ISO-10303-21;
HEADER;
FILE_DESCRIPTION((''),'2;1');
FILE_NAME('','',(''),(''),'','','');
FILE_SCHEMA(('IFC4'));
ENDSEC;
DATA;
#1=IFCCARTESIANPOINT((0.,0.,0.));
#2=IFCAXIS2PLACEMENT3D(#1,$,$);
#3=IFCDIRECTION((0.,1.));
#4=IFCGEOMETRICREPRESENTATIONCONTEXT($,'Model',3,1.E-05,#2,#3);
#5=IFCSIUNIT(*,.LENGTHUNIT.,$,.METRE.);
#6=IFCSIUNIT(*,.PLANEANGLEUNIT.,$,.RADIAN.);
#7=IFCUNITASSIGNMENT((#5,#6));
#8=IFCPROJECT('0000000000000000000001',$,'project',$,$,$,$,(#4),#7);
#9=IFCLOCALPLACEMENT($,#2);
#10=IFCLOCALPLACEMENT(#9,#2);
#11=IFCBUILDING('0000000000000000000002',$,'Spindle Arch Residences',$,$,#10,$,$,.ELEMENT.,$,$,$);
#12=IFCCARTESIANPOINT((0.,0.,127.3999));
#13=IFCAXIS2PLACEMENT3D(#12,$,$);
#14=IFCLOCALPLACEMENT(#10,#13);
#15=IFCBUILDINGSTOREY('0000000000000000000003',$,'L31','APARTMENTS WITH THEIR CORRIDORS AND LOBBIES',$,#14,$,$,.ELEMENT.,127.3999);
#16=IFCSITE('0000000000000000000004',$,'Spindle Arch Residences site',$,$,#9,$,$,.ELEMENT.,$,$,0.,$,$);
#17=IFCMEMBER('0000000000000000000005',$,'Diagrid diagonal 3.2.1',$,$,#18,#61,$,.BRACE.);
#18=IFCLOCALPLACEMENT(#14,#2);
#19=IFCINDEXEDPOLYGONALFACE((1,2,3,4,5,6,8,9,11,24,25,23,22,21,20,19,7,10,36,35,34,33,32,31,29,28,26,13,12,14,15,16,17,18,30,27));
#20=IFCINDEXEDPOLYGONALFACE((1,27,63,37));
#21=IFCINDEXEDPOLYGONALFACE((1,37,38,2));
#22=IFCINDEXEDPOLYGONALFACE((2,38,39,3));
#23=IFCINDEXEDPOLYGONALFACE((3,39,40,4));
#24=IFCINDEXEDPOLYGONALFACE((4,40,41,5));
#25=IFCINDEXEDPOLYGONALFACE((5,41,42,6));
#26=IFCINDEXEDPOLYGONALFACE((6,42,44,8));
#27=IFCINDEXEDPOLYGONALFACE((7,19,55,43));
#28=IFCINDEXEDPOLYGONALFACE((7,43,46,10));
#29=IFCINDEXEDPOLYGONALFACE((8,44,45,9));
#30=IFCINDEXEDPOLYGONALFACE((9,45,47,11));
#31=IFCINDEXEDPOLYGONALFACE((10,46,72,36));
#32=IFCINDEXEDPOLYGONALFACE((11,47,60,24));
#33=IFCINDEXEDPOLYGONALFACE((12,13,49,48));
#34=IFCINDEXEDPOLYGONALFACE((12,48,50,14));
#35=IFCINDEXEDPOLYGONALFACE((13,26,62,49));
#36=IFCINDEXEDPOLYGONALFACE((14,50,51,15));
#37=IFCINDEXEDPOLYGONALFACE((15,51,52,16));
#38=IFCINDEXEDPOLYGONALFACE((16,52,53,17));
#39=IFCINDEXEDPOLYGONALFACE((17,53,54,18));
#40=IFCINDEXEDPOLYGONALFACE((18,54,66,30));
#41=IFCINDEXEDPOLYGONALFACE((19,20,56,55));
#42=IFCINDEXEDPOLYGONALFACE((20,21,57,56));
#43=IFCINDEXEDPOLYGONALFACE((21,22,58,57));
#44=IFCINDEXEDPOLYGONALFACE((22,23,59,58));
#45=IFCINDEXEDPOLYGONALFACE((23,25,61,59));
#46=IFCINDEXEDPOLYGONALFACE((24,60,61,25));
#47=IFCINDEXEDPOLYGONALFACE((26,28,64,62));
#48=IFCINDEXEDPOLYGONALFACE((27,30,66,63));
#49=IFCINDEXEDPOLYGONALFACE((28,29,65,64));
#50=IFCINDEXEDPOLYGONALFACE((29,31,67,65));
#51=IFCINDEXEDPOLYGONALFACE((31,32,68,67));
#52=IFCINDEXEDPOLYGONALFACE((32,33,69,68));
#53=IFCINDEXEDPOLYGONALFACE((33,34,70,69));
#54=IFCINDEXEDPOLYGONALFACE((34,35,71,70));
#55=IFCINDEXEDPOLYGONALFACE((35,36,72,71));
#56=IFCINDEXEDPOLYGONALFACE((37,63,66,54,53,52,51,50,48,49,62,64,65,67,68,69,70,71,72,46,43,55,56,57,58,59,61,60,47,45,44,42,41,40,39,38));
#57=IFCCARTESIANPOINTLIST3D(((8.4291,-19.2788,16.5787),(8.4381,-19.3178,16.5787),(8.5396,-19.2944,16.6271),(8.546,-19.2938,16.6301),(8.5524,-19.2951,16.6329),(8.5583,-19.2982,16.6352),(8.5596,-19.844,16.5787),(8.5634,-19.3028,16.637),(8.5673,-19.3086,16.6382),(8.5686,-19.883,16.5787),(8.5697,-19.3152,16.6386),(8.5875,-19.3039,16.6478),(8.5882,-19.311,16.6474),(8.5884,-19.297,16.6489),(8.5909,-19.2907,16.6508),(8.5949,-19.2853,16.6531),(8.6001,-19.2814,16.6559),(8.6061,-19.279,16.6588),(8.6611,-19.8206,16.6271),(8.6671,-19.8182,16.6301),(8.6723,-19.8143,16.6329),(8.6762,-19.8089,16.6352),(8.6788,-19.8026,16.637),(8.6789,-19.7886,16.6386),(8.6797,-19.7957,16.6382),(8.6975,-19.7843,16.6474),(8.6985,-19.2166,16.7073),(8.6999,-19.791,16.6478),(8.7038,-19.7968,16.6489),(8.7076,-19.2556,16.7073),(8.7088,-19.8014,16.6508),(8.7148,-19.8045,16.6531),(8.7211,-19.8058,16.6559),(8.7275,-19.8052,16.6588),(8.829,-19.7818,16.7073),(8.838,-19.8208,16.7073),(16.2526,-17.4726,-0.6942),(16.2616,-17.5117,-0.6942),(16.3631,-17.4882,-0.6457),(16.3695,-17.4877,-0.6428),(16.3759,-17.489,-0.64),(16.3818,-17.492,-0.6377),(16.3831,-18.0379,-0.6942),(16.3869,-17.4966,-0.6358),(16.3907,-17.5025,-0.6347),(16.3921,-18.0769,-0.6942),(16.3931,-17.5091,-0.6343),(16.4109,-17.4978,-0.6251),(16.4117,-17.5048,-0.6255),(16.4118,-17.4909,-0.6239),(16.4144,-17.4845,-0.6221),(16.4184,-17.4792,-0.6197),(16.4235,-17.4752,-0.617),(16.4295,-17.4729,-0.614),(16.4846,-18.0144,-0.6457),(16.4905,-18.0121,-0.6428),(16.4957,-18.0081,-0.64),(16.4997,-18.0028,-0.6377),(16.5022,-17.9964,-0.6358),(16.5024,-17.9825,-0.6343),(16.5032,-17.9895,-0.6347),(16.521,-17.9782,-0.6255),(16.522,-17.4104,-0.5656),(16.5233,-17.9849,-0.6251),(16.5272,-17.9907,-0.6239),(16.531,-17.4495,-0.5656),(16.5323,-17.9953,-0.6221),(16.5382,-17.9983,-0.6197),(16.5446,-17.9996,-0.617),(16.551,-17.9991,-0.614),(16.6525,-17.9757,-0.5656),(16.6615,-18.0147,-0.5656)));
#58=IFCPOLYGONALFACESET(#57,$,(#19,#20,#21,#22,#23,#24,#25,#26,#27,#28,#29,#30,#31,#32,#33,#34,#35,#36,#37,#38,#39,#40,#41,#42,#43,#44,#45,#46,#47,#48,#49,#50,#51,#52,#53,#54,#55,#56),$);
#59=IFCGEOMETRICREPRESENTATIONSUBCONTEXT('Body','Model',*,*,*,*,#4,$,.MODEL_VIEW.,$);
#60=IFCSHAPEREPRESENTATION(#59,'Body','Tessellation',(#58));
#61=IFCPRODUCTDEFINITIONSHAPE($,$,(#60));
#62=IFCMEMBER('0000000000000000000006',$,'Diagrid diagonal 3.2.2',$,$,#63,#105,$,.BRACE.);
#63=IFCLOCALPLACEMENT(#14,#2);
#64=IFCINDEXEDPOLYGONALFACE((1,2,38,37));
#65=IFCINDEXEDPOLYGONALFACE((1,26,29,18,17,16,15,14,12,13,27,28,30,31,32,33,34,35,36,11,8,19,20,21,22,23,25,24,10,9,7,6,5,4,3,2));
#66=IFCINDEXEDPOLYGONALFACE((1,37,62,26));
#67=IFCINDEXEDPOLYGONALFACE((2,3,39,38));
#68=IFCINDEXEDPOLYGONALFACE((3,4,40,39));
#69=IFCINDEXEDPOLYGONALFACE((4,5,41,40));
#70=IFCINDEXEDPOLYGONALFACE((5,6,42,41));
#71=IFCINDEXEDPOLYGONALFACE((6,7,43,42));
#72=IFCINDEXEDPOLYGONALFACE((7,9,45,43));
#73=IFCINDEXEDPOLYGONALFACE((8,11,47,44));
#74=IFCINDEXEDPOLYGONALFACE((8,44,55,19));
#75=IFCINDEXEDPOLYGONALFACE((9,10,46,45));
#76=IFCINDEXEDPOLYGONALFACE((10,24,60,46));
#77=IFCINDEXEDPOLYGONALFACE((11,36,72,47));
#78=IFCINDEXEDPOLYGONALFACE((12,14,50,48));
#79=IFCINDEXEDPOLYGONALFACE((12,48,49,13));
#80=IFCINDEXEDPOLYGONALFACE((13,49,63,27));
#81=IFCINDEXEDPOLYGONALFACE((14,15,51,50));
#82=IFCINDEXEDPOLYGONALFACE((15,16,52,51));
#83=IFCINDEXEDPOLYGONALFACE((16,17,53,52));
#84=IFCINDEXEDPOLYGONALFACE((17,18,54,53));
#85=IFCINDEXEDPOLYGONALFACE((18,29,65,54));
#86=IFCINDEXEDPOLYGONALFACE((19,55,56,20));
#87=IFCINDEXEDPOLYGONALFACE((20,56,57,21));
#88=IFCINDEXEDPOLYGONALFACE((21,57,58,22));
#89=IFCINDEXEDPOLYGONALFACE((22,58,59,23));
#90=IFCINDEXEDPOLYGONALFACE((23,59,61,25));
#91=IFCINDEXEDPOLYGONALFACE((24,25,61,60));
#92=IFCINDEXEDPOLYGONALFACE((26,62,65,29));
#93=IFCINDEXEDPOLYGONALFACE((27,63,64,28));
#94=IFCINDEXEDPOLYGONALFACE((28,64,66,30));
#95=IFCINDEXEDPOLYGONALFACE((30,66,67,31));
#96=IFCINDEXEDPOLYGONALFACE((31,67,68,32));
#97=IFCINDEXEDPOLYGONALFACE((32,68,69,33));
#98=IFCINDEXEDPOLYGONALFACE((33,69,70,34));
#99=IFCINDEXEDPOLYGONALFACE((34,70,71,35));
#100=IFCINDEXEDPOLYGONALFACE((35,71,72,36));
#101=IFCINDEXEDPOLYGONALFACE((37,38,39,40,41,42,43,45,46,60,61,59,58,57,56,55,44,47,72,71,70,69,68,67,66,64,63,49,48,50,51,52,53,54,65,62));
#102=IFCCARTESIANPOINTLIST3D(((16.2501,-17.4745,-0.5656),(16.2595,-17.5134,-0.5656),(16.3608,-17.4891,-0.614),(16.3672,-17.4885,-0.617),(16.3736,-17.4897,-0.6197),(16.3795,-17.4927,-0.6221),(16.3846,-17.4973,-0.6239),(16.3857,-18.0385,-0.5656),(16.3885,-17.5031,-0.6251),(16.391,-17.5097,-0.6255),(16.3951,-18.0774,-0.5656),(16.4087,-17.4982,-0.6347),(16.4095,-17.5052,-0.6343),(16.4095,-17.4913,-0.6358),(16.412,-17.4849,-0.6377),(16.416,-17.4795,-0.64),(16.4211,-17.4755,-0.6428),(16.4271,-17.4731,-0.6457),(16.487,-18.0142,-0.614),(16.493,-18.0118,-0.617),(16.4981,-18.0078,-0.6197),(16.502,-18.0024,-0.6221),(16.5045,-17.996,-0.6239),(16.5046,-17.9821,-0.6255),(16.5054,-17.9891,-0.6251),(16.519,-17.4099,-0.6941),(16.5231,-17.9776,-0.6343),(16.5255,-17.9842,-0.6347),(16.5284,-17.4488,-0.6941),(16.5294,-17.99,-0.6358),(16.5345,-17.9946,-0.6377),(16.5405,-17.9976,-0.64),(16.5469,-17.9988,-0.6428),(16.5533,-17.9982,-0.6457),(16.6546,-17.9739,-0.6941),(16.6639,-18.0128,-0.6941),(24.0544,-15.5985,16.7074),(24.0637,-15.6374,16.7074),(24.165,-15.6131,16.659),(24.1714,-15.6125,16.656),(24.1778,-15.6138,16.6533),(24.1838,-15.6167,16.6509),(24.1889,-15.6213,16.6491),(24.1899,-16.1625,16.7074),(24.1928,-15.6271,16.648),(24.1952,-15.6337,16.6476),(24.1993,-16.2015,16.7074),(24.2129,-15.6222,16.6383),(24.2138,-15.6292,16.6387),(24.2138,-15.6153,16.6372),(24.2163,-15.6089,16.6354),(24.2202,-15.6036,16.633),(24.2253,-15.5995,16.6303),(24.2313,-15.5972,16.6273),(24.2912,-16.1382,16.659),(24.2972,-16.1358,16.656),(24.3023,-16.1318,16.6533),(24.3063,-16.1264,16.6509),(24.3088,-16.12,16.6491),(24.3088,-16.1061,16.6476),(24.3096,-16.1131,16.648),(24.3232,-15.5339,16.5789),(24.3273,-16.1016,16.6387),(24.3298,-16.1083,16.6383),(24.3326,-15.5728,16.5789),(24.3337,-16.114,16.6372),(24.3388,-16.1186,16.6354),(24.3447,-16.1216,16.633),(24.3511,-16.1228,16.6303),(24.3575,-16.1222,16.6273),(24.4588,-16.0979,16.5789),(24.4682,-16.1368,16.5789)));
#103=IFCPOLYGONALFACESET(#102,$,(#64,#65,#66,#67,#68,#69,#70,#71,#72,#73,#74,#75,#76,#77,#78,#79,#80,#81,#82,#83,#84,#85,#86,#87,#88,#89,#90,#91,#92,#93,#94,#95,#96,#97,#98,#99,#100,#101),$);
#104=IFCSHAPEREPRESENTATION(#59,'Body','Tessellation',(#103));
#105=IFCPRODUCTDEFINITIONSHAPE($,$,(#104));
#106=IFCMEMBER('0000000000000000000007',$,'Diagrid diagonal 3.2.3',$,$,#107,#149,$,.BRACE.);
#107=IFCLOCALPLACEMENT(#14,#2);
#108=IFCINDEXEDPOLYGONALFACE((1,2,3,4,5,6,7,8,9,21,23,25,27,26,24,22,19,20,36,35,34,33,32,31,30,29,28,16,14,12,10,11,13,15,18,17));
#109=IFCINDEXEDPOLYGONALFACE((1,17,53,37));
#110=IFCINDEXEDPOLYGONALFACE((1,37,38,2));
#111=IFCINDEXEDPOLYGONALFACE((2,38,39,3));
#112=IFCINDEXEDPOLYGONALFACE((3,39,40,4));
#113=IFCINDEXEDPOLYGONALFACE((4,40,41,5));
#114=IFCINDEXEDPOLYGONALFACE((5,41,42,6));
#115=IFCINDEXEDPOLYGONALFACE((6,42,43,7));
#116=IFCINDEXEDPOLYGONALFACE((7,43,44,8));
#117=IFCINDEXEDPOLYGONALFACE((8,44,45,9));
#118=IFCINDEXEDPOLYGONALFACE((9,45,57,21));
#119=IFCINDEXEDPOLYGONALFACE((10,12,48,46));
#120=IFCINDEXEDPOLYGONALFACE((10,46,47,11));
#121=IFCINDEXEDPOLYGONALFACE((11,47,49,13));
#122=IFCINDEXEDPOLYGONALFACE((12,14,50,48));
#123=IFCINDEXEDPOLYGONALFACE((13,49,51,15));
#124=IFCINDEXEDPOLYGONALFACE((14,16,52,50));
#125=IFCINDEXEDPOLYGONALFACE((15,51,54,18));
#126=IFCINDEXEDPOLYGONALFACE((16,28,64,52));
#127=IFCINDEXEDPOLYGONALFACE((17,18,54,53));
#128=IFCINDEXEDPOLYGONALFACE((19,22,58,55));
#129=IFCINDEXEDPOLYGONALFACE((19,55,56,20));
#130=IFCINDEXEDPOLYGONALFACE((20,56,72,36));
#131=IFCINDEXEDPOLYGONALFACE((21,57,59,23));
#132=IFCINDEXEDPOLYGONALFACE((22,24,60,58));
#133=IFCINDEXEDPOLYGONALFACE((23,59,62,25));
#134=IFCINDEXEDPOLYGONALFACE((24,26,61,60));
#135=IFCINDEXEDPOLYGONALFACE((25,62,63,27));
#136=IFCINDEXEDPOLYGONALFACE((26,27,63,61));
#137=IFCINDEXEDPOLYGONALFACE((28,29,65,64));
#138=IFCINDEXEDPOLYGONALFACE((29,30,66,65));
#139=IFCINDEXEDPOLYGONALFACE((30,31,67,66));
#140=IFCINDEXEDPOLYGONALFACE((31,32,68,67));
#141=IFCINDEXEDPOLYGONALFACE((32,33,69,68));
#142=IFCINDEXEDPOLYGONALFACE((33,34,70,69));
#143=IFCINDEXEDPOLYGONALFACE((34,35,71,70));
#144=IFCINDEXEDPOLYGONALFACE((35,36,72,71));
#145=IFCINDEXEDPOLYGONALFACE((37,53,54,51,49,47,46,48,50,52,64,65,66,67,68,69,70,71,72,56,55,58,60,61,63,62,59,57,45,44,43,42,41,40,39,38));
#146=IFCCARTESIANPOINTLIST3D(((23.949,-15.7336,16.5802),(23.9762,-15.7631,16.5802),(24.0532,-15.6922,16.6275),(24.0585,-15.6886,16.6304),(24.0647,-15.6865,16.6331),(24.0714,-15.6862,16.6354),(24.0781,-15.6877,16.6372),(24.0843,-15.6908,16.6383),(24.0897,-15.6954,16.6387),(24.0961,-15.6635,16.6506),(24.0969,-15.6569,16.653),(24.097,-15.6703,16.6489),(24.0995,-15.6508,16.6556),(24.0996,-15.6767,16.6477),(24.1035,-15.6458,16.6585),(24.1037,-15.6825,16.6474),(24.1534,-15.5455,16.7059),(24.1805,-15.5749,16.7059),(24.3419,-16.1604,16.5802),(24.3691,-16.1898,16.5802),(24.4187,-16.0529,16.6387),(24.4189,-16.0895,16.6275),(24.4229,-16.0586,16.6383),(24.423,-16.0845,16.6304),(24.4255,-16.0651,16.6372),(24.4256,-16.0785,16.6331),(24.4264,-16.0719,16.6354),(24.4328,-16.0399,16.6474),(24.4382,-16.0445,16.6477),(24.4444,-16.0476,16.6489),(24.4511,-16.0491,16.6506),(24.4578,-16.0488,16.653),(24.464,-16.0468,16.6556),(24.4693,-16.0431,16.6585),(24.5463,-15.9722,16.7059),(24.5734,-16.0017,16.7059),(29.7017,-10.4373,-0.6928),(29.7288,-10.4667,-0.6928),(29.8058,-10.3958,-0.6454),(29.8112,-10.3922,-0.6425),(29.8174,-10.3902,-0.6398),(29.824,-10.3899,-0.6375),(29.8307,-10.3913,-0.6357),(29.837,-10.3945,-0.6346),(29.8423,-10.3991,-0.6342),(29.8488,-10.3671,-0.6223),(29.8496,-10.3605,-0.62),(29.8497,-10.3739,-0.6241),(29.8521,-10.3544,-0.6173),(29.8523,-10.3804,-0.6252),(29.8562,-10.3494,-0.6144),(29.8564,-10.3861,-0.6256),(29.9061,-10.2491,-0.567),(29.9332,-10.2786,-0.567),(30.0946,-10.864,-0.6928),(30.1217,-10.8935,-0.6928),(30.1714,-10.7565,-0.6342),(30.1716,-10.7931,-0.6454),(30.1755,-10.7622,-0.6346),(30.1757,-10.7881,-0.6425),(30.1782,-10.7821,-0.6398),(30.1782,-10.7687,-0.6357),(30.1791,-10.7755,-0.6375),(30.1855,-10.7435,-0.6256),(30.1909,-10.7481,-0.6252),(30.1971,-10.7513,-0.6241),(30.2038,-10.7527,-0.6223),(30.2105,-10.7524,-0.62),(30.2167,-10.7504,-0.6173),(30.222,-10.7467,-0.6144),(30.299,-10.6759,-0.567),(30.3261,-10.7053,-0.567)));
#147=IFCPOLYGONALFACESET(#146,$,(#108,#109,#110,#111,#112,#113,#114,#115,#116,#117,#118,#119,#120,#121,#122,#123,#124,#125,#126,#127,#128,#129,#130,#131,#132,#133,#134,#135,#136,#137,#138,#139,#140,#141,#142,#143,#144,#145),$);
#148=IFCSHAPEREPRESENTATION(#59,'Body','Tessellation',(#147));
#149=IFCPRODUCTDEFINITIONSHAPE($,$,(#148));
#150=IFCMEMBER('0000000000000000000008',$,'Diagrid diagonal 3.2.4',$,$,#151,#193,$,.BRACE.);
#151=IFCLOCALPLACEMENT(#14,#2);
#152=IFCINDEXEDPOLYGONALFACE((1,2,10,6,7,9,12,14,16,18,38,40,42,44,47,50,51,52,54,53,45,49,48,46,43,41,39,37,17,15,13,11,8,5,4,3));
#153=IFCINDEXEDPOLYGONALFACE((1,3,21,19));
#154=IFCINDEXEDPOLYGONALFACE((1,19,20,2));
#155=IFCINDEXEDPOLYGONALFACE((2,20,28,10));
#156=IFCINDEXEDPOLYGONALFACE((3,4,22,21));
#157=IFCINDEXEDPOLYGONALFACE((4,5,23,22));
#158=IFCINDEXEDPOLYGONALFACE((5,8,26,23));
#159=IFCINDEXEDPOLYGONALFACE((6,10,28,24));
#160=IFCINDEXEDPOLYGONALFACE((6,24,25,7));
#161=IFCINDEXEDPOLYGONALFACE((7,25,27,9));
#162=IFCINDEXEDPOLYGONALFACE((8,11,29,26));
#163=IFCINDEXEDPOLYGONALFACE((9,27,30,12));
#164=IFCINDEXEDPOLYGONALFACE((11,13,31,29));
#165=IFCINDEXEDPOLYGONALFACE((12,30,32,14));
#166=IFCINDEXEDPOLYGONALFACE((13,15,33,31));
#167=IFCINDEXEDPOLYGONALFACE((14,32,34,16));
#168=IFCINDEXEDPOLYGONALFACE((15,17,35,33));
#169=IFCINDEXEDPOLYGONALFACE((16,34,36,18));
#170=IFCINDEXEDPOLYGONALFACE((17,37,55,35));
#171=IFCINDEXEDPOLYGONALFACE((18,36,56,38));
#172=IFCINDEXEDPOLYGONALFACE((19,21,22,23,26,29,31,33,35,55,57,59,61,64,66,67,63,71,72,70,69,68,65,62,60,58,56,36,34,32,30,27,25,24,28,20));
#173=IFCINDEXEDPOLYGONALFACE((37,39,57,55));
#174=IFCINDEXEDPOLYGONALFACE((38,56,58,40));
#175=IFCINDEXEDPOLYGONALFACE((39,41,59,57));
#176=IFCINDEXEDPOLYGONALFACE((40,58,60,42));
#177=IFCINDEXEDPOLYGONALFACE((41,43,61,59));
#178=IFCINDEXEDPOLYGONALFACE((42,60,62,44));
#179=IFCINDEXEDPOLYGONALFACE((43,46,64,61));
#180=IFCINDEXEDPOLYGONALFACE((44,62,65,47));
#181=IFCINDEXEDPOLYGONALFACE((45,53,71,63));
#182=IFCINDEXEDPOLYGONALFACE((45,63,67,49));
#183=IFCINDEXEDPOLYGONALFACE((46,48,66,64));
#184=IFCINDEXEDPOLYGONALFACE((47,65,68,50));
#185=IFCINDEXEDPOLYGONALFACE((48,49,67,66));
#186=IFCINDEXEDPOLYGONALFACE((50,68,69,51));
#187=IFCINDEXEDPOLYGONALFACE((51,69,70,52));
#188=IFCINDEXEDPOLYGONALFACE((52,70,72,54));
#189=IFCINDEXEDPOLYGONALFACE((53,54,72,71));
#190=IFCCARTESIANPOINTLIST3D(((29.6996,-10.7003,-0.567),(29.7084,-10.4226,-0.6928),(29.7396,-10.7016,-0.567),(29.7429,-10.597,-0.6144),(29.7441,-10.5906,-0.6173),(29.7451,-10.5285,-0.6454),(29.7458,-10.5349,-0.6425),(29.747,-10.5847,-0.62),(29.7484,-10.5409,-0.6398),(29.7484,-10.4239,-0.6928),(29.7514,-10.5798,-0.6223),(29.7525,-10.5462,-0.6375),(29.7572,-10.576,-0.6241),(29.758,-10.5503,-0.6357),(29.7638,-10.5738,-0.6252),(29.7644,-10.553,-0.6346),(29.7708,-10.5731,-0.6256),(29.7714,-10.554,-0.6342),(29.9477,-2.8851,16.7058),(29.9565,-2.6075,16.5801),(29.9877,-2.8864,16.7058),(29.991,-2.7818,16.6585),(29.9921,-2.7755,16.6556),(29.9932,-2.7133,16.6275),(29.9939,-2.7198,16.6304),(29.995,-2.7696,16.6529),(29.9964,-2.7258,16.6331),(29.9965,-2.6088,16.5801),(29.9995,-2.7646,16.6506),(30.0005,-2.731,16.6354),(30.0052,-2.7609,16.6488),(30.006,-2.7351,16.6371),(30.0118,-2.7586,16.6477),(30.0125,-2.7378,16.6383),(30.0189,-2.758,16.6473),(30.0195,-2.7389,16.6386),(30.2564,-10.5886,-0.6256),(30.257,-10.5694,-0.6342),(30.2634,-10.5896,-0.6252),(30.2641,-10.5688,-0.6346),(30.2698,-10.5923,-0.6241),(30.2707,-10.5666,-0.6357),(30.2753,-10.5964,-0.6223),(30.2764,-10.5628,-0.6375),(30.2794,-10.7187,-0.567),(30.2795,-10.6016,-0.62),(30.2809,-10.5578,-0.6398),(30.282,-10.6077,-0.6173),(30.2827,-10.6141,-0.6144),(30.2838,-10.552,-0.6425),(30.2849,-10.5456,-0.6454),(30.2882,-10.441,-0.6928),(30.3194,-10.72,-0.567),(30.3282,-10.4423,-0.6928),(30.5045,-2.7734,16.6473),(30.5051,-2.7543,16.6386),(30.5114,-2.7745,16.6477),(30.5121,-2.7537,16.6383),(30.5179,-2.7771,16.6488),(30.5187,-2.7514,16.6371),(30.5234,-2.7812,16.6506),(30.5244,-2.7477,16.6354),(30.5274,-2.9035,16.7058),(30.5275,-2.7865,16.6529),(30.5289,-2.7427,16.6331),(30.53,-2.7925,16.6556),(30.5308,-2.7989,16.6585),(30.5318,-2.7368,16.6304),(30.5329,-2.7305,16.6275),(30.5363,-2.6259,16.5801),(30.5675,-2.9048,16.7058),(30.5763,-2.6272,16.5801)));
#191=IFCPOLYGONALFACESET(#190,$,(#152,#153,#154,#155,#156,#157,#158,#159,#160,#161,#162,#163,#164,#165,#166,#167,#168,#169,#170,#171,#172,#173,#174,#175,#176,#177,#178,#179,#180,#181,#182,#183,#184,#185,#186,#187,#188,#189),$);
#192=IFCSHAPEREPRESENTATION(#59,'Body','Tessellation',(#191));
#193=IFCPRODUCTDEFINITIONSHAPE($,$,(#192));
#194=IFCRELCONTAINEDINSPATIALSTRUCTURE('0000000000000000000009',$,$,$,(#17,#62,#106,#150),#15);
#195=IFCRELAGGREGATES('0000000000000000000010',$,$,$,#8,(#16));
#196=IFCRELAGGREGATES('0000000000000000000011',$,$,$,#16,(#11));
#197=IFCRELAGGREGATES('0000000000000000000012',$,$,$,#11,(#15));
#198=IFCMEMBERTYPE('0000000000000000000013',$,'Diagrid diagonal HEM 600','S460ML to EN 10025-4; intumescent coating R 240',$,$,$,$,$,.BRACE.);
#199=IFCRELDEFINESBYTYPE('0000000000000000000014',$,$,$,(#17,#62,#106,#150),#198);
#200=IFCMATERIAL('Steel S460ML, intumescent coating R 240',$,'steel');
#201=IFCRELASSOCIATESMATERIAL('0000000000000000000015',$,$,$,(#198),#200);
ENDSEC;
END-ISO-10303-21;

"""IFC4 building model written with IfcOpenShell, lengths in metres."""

from ifc_helpers import new_model, si_unit, direction, frame, origin, origin_2d, place, context, subcontext, project, spatial, i_section, extrude, material, material_profile, profile_set, type_object, element, save


model = new_model("IFC4")

# Units and contexts
model_context = context("Model", 3, precision=1e-05, world=origin(), true_north=direction((0.0, 1.0)))
body_context = subcontext(model_context, "Body", "Model", "MODEL_VIEW")
ifc_project = project(units=[si_unit("LENGTHUNIT", "METRE"), si_unit("PLANEANGLEUNIT", "RADIAN")], contexts=[model_context])

# Site, building, storey
site_placement = place(None, origin())
site = spatial("IfcSite", under=ifc_project, at=site_placement, Name="Spindle Arch Residences site", CompositionType="ELEMENT", RefElevation=0.0)
building_placement = place(site_placement, origin())
building = spatial("IfcBuilding", under=site, at=building_placement, Name="Spindle Arch Residences", CompositionType="ELEMENT")
storey_placement = place(building_placement, frame((0.0, 0.0, 127.3999)))
storey = spatial("IfcBuildingStorey", under=building, at=storey_placement, Name="L31", Description="APARTMENTS WITH THEIR CORRIDORS AND LOBBIES", CompositionType="ELEMENT", Elevation=127.3999)

# Members
ifc_material_1 = material(Name="Steel S460ML, intumescent coating R 240", Category="steel")
ifc_material_profile_1 = material_profile(ifc_material_1, i_section(OverallWidth=0.3049, OverallDepth=0.6201, WebThickness=0.021, FlangeThickness=0.04, FilletRadius=0.0271, at=origin_2d()), Name="HEM 600")
ifc_profile_set_1 = profile_set([ifc_material_profile_1], Name="Steel S460ML, intumescent coating R 240")
member_type_1 = type_object("IfcMemberType", Name="Diagrid diagonal HEM 600", Description="S460ML to EN 10025-4; intumescent coating R 240", PredefinedType="BRACE", material=ifc_profile_set_1)
member_1_placement = place(storey_placement, frame((16.457, -17.7437, -0.6299), z_axis=(-0.410726, -0.094821, 0.906815), x_axis=(0.883574, 0.203984, 0.421529)))
element("IfcMember", 1, at=member_1_placement, inside=storey, type_object=member_type_1, Name="Diagrid diagonal 3.2.1", PredefinedType="BRACE", context=body_context, shape_type="SweptSolid", body=[
    extrude(i_section(OverallWidth=0.3049, OverallDepth=0.6201, WebThickness=0.021, FlangeThickness=0.04, FilletRadius=0.0271, at=origin_2d()), origin(), (0.0, 0.0, 1.0), 19.0479),
])
member_2_placement = place(storey_placement, frame((16.457, -17.7437, -0.6299), z_axis=(0.409739, 0.098493, 0.90687), x_axis=(-0.881753, -0.211956, 0.42141)))
element("IfcMember", 2, at=member_2_placement, inside=storey, type_object=member_type_1, Name="Diagrid diagonal 3.2.2", PredefinedType="BRACE", context=body_context, shape_type="SweptSolid", body=[
    extrude(i_section(OverallWidth=0.3049, OverallDepth=0.6201, WebThickness=0.021, FlangeThickness=0.04, FilletRadius=0.0271, at=origin_2d()), origin(), (0.0, 0.0, 1.0), 19.0469),
])
member_3_placement = place(storey_placement, frame((30.0139, -10.5713, -0.6299), z_axis=(-0.303404, -0.279338, 0.910997), x_axis=(0.670204, 0.617044, 0.412412)))
element("IfcMember", 3, at=member_3_placement, inside=storey, type_object=member_type_1, Name="Diagrid diagonal 3.2.3", PredefinedType="BRACE", context=body_context, shape_type="SweptSolid", body=[
    extrude(i_section(OverallWidth=0.3049, OverallDepth=0.6201, WebThickness=0.021, FlangeThickness=0.04, FilletRadius=0.0271, at=origin_2d()), origin(), (0.0, 0.0, 1.0), 18.9604),
])
member_4_placement = place(storey_placement, frame((30.0139, -10.5713, -0.6299), z_axis=(0.013082, 0.412187, 0.911006), x_axis=(-0.0289, -0.910547, 0.412394)))
element("IfcMember", 4, at=member_4_placement, inside=storey, type_object=member_type_1, Name="Diagrid diagonal 3.2.4", PredefinedType="BRACE", context=body_context, shape_type="SweptSolid", body=[
    extrude(i_section(OverallWidth=0.3049, OverallDepth=0.6201, WebThickness=0.021, FlangeThickness=0.04, FilletRadius=0.0271, at=origin_2d()), origin(), (0.0, 0.0, 1.0), 18.9602),
])

save(model, "model.ifc")
